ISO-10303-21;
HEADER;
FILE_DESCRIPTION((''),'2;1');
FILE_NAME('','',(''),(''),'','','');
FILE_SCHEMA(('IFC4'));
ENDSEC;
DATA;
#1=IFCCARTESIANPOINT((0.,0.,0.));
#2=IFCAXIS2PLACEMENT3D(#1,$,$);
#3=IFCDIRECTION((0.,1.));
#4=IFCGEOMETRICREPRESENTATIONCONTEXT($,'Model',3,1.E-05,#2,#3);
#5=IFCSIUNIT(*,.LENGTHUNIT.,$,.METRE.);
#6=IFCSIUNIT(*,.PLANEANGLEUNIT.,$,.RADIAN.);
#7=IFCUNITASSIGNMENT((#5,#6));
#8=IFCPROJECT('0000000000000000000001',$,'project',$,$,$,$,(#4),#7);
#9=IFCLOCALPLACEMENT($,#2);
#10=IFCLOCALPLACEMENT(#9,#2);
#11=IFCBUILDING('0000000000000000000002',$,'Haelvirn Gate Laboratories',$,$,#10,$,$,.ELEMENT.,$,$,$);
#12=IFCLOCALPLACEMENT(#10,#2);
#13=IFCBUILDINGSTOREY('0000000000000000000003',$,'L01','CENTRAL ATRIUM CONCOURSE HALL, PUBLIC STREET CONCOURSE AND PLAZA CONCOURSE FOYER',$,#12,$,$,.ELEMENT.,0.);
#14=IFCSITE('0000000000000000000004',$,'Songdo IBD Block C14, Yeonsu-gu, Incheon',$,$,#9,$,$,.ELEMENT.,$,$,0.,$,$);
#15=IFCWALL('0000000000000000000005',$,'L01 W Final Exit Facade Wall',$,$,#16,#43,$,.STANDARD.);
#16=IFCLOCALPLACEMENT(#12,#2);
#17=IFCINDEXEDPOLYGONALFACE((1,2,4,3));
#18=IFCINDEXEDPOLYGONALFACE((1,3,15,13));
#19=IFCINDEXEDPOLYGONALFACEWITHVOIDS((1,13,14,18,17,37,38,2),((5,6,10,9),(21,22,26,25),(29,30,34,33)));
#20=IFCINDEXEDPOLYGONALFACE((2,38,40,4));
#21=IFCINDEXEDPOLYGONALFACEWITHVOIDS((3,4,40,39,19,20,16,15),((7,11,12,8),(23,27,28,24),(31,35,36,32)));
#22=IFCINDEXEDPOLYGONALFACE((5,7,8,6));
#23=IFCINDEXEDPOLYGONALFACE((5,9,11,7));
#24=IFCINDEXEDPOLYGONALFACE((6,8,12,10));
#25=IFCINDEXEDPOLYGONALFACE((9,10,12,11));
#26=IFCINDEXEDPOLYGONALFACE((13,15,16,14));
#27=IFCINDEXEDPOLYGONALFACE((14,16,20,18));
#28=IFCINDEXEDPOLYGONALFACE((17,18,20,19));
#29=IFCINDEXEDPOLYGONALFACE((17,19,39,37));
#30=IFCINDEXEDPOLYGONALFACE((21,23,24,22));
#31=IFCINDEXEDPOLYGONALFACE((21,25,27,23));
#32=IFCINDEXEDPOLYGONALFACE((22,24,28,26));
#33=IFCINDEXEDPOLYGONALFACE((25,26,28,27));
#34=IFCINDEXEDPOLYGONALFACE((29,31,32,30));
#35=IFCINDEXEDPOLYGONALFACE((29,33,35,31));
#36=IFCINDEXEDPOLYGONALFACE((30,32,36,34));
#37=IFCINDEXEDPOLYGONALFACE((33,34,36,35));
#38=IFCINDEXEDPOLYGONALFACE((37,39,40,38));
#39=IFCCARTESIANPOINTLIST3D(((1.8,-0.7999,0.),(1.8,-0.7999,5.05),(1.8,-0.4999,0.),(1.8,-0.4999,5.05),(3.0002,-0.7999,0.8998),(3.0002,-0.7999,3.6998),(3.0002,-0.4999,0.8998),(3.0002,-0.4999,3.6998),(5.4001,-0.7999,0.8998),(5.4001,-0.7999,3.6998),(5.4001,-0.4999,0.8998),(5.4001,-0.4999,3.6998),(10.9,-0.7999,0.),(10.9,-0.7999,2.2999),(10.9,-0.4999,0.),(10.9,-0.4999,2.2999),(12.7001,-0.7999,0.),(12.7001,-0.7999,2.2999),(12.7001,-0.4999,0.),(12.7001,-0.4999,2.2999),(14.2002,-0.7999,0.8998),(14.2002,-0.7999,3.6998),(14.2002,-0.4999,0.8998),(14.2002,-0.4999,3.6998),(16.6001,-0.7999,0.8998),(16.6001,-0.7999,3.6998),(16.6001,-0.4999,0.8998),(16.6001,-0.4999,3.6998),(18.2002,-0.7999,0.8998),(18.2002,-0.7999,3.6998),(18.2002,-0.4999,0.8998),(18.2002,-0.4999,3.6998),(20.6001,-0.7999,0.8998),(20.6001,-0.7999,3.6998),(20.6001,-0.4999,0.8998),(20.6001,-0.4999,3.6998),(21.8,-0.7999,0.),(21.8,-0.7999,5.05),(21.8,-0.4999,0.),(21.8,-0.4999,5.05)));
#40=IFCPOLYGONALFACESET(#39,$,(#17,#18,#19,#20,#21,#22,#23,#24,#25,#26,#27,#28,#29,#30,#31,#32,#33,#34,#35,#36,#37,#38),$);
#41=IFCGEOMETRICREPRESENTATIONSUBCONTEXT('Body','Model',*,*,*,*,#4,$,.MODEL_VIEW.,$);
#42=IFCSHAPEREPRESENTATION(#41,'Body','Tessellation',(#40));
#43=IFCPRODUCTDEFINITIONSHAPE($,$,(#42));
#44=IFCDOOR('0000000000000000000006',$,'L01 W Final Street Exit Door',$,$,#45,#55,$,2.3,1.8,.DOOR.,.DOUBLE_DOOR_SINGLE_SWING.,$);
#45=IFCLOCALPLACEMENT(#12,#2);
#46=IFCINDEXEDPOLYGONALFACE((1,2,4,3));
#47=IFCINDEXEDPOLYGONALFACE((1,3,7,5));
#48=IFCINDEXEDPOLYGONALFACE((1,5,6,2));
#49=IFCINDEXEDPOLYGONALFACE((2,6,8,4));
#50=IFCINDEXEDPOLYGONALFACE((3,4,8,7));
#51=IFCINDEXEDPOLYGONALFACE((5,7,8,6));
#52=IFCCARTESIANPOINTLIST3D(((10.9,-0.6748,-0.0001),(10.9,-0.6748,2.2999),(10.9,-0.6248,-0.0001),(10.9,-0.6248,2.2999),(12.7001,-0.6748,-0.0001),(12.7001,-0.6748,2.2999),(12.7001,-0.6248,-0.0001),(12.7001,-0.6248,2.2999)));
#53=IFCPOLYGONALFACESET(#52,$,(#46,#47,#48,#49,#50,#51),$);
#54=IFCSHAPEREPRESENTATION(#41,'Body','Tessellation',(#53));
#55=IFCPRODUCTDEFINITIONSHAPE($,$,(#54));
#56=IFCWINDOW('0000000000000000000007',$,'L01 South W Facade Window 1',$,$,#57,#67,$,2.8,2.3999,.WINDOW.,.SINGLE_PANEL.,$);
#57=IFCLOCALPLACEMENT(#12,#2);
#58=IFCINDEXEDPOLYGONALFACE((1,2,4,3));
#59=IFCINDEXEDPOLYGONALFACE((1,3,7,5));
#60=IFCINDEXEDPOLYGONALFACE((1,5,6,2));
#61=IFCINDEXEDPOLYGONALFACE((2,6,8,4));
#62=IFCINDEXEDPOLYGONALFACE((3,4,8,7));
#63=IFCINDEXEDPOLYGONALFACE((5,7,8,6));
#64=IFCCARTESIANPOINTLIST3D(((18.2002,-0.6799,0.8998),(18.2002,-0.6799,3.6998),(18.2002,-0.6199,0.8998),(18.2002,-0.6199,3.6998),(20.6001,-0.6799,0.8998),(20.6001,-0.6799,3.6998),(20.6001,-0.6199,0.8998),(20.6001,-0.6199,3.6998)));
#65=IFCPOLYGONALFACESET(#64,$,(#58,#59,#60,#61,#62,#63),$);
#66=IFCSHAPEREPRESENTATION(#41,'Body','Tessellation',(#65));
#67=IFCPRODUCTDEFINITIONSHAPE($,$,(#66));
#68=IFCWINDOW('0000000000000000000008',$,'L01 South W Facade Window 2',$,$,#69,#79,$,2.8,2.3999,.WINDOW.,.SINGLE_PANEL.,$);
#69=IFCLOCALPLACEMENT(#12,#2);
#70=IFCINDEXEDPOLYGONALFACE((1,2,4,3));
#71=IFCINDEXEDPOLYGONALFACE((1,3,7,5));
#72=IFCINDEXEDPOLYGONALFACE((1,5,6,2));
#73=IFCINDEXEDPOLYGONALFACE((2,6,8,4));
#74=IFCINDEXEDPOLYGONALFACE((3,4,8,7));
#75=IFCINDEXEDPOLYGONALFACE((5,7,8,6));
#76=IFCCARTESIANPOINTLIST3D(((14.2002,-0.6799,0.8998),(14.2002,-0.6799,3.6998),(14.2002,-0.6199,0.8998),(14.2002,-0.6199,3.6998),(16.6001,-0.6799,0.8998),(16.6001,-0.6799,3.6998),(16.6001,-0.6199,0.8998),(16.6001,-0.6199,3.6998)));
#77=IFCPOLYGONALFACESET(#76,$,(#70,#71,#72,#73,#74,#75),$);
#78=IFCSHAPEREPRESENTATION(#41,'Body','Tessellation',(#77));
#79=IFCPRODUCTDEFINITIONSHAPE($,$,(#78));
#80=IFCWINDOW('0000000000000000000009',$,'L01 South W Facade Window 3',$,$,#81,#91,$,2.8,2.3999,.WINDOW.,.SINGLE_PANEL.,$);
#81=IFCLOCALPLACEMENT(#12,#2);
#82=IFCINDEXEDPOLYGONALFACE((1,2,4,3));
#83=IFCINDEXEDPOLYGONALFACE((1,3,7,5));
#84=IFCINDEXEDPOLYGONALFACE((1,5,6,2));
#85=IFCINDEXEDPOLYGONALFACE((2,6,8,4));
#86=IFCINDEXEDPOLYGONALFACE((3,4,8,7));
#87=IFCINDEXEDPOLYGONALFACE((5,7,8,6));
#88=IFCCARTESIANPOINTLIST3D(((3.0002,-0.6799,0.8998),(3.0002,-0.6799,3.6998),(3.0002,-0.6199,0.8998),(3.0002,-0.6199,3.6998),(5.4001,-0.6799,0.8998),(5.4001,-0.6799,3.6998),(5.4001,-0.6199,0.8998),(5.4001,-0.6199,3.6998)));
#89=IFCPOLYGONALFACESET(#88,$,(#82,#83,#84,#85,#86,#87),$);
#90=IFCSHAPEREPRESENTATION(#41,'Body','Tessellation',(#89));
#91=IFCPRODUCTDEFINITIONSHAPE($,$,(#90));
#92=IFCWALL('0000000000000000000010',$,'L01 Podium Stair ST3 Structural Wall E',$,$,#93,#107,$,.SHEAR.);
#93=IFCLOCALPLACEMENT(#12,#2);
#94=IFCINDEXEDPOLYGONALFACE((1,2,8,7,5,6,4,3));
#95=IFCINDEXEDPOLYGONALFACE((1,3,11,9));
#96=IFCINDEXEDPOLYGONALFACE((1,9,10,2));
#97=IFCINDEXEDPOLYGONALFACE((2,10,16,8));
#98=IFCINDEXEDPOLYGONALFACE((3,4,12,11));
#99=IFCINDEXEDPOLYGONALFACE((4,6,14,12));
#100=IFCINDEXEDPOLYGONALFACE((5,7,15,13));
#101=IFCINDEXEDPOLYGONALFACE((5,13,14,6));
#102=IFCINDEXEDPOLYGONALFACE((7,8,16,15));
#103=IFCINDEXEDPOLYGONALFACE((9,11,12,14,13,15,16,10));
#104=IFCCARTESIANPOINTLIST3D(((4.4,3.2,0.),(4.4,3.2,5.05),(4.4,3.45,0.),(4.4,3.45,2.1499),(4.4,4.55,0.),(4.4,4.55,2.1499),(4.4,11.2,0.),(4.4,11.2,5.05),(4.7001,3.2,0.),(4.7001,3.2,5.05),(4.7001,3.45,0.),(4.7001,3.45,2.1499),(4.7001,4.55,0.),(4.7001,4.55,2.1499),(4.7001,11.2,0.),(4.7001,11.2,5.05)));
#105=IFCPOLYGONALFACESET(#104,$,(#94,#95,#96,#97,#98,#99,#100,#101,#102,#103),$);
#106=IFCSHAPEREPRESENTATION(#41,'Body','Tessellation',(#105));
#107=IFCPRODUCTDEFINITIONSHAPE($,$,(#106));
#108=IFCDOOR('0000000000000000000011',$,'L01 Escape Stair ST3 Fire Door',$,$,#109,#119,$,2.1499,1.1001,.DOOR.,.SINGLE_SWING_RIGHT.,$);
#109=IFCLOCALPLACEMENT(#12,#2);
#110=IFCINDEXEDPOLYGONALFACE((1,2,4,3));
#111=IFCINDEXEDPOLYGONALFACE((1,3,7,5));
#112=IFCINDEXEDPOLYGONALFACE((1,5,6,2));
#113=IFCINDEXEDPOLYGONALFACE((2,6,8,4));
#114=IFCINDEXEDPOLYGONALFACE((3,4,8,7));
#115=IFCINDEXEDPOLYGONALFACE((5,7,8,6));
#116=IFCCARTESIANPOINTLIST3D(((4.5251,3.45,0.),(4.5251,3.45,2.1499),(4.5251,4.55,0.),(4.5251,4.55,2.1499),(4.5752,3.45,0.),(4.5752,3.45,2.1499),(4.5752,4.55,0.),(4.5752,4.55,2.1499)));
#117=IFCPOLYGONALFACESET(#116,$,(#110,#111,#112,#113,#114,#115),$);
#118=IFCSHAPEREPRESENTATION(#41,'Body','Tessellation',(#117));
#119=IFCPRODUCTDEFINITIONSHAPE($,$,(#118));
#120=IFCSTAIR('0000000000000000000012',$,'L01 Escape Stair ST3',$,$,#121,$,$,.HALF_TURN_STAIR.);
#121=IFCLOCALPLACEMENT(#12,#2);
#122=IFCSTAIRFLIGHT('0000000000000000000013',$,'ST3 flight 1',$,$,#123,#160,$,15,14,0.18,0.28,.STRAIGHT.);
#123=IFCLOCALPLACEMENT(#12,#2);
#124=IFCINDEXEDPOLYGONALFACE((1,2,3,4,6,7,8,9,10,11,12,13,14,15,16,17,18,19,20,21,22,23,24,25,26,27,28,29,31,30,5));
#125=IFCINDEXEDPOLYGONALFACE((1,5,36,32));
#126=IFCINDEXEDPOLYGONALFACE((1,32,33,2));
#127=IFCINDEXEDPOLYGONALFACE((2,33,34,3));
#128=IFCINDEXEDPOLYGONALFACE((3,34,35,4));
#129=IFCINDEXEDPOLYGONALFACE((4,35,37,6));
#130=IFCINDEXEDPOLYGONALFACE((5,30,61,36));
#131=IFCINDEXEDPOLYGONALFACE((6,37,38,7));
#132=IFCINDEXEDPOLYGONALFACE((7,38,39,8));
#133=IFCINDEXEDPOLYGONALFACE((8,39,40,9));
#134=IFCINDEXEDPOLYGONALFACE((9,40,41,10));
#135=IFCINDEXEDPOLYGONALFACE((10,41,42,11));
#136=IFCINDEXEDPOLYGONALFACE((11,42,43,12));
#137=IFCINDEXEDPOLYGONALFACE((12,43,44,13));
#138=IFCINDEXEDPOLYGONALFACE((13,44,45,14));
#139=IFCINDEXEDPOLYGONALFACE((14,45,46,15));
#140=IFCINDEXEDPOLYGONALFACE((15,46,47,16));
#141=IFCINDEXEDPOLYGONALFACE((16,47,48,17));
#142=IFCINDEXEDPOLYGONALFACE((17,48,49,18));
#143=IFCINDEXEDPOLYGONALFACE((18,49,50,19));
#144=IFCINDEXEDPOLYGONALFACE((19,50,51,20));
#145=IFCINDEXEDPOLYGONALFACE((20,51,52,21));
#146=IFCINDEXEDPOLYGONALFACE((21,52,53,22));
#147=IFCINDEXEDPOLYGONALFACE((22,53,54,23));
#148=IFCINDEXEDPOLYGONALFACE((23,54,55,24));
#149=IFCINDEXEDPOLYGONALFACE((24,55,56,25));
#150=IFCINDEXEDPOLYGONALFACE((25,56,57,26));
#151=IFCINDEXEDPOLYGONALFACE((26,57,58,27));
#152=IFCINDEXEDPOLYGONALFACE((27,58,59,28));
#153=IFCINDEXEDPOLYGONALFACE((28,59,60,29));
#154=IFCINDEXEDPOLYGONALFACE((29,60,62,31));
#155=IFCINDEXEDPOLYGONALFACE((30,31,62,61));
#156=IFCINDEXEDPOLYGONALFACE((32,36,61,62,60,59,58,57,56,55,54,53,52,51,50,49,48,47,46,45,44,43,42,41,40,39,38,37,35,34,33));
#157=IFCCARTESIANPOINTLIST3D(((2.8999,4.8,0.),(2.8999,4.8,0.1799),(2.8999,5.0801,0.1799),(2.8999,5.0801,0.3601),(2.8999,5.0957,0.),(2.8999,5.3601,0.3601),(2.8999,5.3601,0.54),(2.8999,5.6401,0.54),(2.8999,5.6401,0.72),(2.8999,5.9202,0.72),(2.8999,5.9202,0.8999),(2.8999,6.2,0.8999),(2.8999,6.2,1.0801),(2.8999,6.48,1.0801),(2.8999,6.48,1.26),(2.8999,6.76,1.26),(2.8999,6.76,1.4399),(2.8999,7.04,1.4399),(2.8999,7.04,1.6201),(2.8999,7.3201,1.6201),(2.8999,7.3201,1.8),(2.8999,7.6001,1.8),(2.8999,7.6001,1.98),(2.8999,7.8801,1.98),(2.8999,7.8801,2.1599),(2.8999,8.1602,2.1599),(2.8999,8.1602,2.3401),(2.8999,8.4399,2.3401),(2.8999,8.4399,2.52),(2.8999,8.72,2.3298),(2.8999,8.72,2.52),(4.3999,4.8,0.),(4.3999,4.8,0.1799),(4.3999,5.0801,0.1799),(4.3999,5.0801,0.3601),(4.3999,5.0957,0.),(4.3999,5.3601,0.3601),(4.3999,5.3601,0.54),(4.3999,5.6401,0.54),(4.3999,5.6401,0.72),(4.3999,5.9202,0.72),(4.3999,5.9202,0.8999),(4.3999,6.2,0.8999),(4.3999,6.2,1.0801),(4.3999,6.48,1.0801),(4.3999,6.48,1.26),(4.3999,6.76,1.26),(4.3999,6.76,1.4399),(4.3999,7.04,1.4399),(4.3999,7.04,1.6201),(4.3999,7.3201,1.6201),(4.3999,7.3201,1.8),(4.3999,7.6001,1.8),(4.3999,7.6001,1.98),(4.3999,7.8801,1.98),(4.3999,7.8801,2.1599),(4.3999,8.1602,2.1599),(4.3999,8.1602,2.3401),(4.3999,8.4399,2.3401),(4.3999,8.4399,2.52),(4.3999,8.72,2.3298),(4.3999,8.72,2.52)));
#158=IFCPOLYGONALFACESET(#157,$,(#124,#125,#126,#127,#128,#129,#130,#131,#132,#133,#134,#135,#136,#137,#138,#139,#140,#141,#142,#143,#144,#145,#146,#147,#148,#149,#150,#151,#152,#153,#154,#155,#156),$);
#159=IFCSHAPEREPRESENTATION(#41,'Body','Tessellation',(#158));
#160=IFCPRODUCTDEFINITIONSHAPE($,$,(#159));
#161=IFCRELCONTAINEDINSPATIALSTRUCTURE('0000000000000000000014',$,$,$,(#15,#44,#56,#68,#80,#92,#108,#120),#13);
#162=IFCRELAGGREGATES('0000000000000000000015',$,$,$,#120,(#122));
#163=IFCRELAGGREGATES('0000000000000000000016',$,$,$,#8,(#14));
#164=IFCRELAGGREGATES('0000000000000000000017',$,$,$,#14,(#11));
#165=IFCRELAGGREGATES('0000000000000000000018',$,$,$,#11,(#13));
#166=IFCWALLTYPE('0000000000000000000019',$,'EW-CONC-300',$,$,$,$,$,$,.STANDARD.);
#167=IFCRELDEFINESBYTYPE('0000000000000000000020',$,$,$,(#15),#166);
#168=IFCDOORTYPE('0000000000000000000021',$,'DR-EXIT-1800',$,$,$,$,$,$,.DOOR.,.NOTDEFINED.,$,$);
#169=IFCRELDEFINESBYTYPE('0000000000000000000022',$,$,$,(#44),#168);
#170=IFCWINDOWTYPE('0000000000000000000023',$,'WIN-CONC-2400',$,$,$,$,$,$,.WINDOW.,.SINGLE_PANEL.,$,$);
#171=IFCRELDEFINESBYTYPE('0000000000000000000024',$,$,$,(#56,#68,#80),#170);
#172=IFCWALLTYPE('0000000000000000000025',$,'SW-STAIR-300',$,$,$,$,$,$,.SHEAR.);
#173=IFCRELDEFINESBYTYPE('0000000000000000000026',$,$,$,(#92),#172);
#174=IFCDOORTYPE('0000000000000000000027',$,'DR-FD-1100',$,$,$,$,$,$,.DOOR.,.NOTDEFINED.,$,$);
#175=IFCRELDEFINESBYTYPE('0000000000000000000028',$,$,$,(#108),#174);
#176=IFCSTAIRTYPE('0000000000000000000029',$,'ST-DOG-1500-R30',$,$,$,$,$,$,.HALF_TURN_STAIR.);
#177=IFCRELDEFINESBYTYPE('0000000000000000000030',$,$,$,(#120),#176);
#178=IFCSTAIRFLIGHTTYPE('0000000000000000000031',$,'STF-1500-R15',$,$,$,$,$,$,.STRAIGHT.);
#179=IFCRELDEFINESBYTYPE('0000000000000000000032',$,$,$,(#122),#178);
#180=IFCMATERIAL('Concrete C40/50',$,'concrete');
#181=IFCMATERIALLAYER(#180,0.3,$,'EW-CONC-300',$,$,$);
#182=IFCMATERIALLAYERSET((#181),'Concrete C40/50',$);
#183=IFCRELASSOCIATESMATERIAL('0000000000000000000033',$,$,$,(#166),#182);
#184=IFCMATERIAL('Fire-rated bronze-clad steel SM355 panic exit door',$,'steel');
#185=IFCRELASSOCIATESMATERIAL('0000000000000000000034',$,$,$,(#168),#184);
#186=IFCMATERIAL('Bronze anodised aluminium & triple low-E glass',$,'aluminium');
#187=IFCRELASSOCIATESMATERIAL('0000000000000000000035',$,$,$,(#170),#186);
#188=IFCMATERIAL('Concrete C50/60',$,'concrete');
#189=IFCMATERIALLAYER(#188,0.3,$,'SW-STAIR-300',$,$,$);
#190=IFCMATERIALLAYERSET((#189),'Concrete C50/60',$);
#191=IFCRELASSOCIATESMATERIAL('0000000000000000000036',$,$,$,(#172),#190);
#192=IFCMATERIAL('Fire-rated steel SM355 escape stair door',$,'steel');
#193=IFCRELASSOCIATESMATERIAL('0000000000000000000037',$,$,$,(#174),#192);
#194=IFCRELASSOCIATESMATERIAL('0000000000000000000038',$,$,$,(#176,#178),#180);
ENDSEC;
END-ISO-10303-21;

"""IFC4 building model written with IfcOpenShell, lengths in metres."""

from ifc_helpers import new_model, si_unit, direction, frame, frame_2d, origin, place, context, subcontext, project, spatial, polyline, rectangle, outline, extrude, source, transform, mapped, material, layer, layer_set, type_object, type_shapes, element, fill, aggregate, save


model = new_model("IFC4")

# Units and contexts
model_context = context("Model", 3, precision=1e-05, world=origin(), true_north=direction((0.0, 1.0)))
body_context = subcontext(model_context, "Body", "Model", "MODEL_VIEW")
ifc_project = project(units=[si_unit("LENGTHUNIT", "METRE"), si_unit("PLANEANGLEUNIT", "RADIAN")], contexts=[model_context])

# Site, building, storey
site_placement = place(None, origin())
site = spatial("IfcSite", under=ifc_project, at=site_placement, Name="Songdo IBD Block C14, Yeonsu-gu, Incheon", CompositionType="ELEMENT", RefElevation=0.0)
building_placement = place(site_placement, origin())
building = spatial("IfcBuilding", under=site, at=building_placement, Name="Haelvirn Gate Laboratories", CompositionType="ELEMENT")
storey_placement = place(building_placement, origin())
storey = spatial("IfcBuildingStorey", under=building, at=storey_placement, Name="L01", Description="CENTRAL ATRIUM CONCOURSE HALL, PUBLIC STREET CONCOURSE AND PLAZA CONCOURSE FOYER", CompositionType="ELEMENT", Elevation=0.0)

# Wall, openings, door, windows
ifc_material_1 = material(Name="Concrete C40/50", Category="concrete")
ifc_layer_1 = layer(ifc_material_1, 0.3, Name="EW-CONC-300")
ifc_layer_set_1 = layer_set([ifc_layer_1], Name="Concrete C40/50")
wall_type_1 = type_object("IfcWallType", Name="EW-CONC-300", PredefinedType="STANDARD", material=ifc_layer_set_1)
wall_1_placement = place(storey_placement, frame((21.8, -0.6499, 0.0), z_axis=(0.0, 0.0, 1.0), x_axis=(-1.0, 0.0, 0.0)))
wall_1 = element("IfcWall", 1, at=wall_1_placement, inside=storey, type_object=wall_type_1, Name="L01 W Final Exit Facade Wall", PredefinedType="STANDARD", context=body_context, shape_type="SweptSolid", body=[
    extrude(rectangle(XDim=20.0, YDim=0.3, at=frame_2d((10.0, 0.0))), origin(), (0.0, 0.0, 1.0), 5.05),
])
opening_1_placement = place(wall_1_placement, frame((9.1001, 0.0, 0.0)))
opening_1 = element("IfcOpeningElement", 2, at=opening_1_placement, cuts=wall_1, PredefinedType="OPENING", context=body_context, shape_type="SweptSolid", body=[
    extrude(rectangle(XDim=1.8, YDim=2.3, at=frame_2d((0.8999, 1.1499))), frame((0.0, 0.1602, 0.0), z_axis=(0.0, -1.0, 0.0), x_axis=(1.0, 0.0, 0.0)), (0.0, 0.0, 1.0), 0.3201),
])
opening_2_placement = place(wall_1_placement, frame((1.2, 0.0, 0.8999)))
opening_2 = element("IfcOpeningElement", 3, at=opening_2_placement, cuts=wall_1, PredefinedType="OPENING", context=body_context, shape_type="SweptSolid", body=[
    extrude(rectangle(XDim=2.3999, YDim=2.8, at=frame_2d((1.2, 1.3999))), frame((0.0, 0.1602, 0.0), z_axis=(0.0, -1.0, 0.0), x_axis=(1.0, 0.0, 0.0)), (0.0, 0.0, 1.0), 0.3201),
])
opening_3_placement = place(wall_1_placement, frame((5.2, 0.0, 0.8999)))
opening_3 = element("IfcOpeningElement", 4, at=opening_3_placement, cuts=wall_1, PredefinedType="OPENING", context=body_context, shape_type="SweptSolid", body=[
    extrude(rectangle(XDim=2.3999, YDim=2.8, at=frame_2d((1.2, 1.3999))), frame((0.0, 0.1602, 0.0), z_axis=(0.0, -1.0, 0.0), x_axis=(1.0, 0.0, 0.0)), (0.0, 0.0, 1.0), 0.3201),
])
opening_4_placement = place(wall_1_placement, frame((16.3999, 0.0, 0.8999)))
opening_4 = element("IfcOpeningElement", 5, at=opening_4_placement, cuts=wall_1, PredefinedType="OPENING", context=body_context, shape_type="SweptSolid", body=[
    extrude(rectangle(XDim=2.3999, YDim=2.8, at=frame_2d((1.2, 1.3999))), frame((0.0, 0.1602, 0.0), z_axis=(0.0, -1.0, 0.0), x_axis=(1.0, 0.0, 0.0)), (0.0, 0.0, 1.0), 0.3201),
])
ifc_material_2 = material(Name="Fire-rated bronze-clad steel SM355 panic exit door", Category="steel")
door_type_1 = type_object("IfcDoorType", Name="DR-EXIT-1800", OperationType="NOTDEFINED", PredefinedType="DOOR", material=ifc_material_2)
shared_shape_1 = source(origin(), body_context, "Body", "SweptSolid", [
    extrude(rectangle(XDim=1.8, YDim=2.3, at=frame_2d((0.8999, 1.1499))), frame((0.0, 0.0249, 0.0), z_axis=(0.0, -1.0, 0.0), x_axis=(1.0, 0.0, 0.0)), (0.0, 0.0, 1.0), 0.05),
])
type_shapes(door_type_1, [shared_shape_1])
door_1_placement = place(opening_1_placement, origin())
door_1 = element("IfcDoor", 6, at=door_1_placement, inside=storey, type_object=door_type_1, Name="L01 W Final Street Exit Door", OperationType="DOUBLE_DOOR_SINGLE_SWING", OverallHeight=2.3, OverallWidth=1.8, PredefinedType="DOOR", context=body_context, shape_type="MappedRepresentation", body=[
    mapped(shared_shape_1, transform((0.0, 0.0, 0.0), scale=1.0)),
])
fill(opening_1, door_1)
ifc_material_3 = material(Name="Bronze anodised aluminium & triple low-E glass", Category="aluminium")
window_type = type_object("IfcWindowType", Name="WIN-CONC-2400", PartitioningType="SINGLE_PANEL", PredefinedType="WINDOW", material=ifc_material_3)
shared_shape_2 = source(origin(), body_context, "Body", "SweptSolid", [
    extrude(rectangle(XDim=2.3999, YDim=2.8, at=frame_2d((1.2, 1.3999))), frame((0.0, 0.03, 0.0), z_axis=(0.0, -1.0, 0.0), x_axis=(1.0, 0.0, 0.0)), (0.0, 0.0, 1.0), 0.0601),
])
type_shapes(window_type, [shared_shape_2])
window_1_placement = place(opening_2_placement, origin())
window_1 = element("IfcWindow", 7, at=window_1_placement, inside=storey, type_object=window_type, Name="L01 South W Facade Window 1", OverallHeight=2.8, OverallWidth=2.3999, PartitioningType="SINGLE_PANEL", PredefinedType="WINDOW", context=body_context, shape_type="MappedRepresentation", body=[
    mapped(shared_shape_2, transform((0.0, 0.0, 0.0), scale=1.0)),
])
fill(opening_2, window_1)
window_2_placement = place(opening_3_placement, origin())
window_2 = element("IfcWindow", 8, at=window_2_placement, inside=storey, type_object=window_type, Name="L01 South W Facade Window 2", OverallHeight=2.8, OverallWidth=2.3999, PartitioningType="SINGLE_PANEL", PredefinedType="WINDOW", context=body_context, shape_type="MappedRepresentation", body=[
    mapped(shared_shape_2, transform((0.0, 0.0, 0.0), scale=1.0)),
])
fill(opening_3, window_2)
window_3_placement = place(opening_4_placement, origin())
window_3 = element("IfcWindow", 9, at=window_3_placement, inside=storey, type_object=window_type, Name="L01 South W Facade Window 3", OverallHeight=2.8, OverallWidth=2.3999, PartitioningType="SINGLE_PANEL", PredefinedType="WINDOW", context=body_context, shape_type="MappedRepresentation", body=[
    mapped(shared_shape_2, transform((0.0, 0.0, 0.0), scale=1.0)),
])
fill(opening_4, window_3)

# Wall, opening, door
ifc_material_4 = material(Name="Concrete C50/60", Category="concrete")
ifc_layer_2 = layer(ifc_material_4, 0.3, Name="SW-STAIR-300")
ifc_layer_set_2 = layer_set([ifc_layer_2], Name="Concrete C50/60")
wall_type_2 = type_object("IfcWallType", Name="SW-STAIR-300", PredefinedType="SHEAR", material=ifc_layer_set_2)
wall_2_placement = place(storey_placement, frame((4.55, 3.2, 0.0), z_axis=(0.0, 0.0, 1.0), x_axis=(0.0, 1.0, 0.0)))
wall_2 = element("IfcWall", 10, at=wall_2_placement, inside=storey, type_object=wall_type_2, Name="L01 Podium Stair ST3 Structural Wall E", PredefinedType="SHEAR", context=body_context, shape_type="SweptSolid", body=[
    extrude(rectangle(XDim=8.0, YDim=0.3, at=frame_2d((4.0, 0.0))), origin(), (0.0, 0.0, 1.0), 5.05),
])
opening_5_placement = place(wall_2_placement, frame((0.25, 0.0, 0.0)))
opening_5 = element("IfcOpeningElement", 11, at=opening_5_placement, cuts=wall_2, PredefinedType="OPENING", context=body_context, shape_type="SweptSolid", body=[
    extrude(rectangle(XDim=1.1001, YDim=2.1499, at=frame_2d((0.55, 1.075))), frame((0.0, 0.1602, 0.0), z_axis=(0.0, -1.0, 0.0), x_axis=(1.0, 0.0, 0.0)), (0.0, 0.0, 1.0), 0.3201),
])
ifc_material_5 = material(Name="Fire-rated steel SM355 escape stair door", Category="steel")
door_type_2 = type_object("IfcDoorType", Name="DR-FD-1100", OperationType="NOTDEFINED", PredefinedType="DOOR", material=ifc_material_5)
shared_shape_3 = source(origin(), body_context, "Body", "SweptSolid", [
    extrude(rectangle(XDim=1.1001, YDim=2.1499, at=frame_2d((0.55, 1.075))), frame((0.0, 0.0249, 0.0), z_axis=(0.0, -1.0, 0.0), x_axis=(1.0, 0.0, 0.0)), (0.0, 0.0, 1.0), 0.05),
])
type_shapes(door_type_2, [shared_shape_3])
door_2_placement = place(opening_5_placement, origin())
door_2 = element("IfcDoor", 12, at=door_2_placement, inside=storey, type_object=door_type_2, Name="L01 Escape Stair ST3 Fire Door", OperationType="SINGLE_SWING_RIGHT", OverallHeight=2.1499, OverallWidth=1.1001, PredefinedType="DOOR", context=body_context, shape_type="MappedRepresentation", body=[
    mapped(shared_shape_3, transform((0.0, 0.0, 0.0), scale=1.0)),
])
fill(opening_5, door_2)

# Stair, stair flight
stair_type = type_object("IfcStairType", Name="ST-DOG-1500-R30", PredefinedType="HALF_TURN_STAIR", material=ifc_material_1)
stair_placement = place(storey_placement, origin())
stair = element("IfcStair", 13, at=stair_placement, inside=storey, type_object=stair_type, Name="L01 Escape Stair ST3", PredefinedType="HALF_TURN_STAIR")
stair_flight_type = type_object("IfcStairFlightType", Name="STF-1500-R15", PredefinedType="STRAIGHT", material=ifc_material_1)
shared_shape_4 = source(origin(), body_context, "Body", "SweptSolid", [
    extrude(outline(polyline([(0.0, 0.0), (0.0, 0.1799), (0.28, 0.1799), (0.28, 0.3601), (0.5601, 0.3601), (0.5601, 0.54), (0.8401, 0.54), (0.8401, 0.72), (1.1201, 0.72), (1.1201, 0.8999), (1.3999, 0.8999), (1.3999, 1.0801), (1.6799, 1.0801), (1.6799, 1.26), (1.96, 1.26), (1.96, 1.4399), (2.24, 1.4399), (2.24, 1.6201), (2.52, 1.6201), (2.52, 1.8), (2.8, 1.8), (2.8, 1.98), (3.0801, 1.98), (3.0801, 2.1599), (3.3601, 2.1599), (3.3601, 2.3401), (3.6399, 2.3401), (3.6399, 2.52), (3.9199, 2.52), (3.9199, 2.7), (3.9199, 2.3298), (0.2957, 0.0), (0.0, 0.0)])), frame((0.0, 0.75, 0.0), z_axis=(0.0, -1.0, 0.0), x_axis=(1.0, 0.0, 0.0)), (0.0, 0.0, 1.0), 1.5),
])
type_shapes(stair_flight_type, [shared_shape_4])
stair_flight_1_placement = place(storey_placement, frame((3.6499, 4.8, 0.0), z_axis=(0.0, 0.0, 1.0), x_axis=(0.0, 1.0, 0.0)))
stair_flight_1 = element("IfcStairFlight", 14, at=stair_flight_1_placement, type_object=stair_flight_type, Name="ST3 flight 1", NumberOfRisers=15, NumberOfTreads=14, PredefinedType="STRAIGHT", RiserHeight=0.18, TreadLength=0.28, context=body_context, shape_type="MappedRepresentation", body=[
    mapped(shared_shape_4, transform((0.0, 0.0, 0.0), scale=1.0)),
])
aggregate(stair, [stair_flight_1])

save(model, "model.ifc")
